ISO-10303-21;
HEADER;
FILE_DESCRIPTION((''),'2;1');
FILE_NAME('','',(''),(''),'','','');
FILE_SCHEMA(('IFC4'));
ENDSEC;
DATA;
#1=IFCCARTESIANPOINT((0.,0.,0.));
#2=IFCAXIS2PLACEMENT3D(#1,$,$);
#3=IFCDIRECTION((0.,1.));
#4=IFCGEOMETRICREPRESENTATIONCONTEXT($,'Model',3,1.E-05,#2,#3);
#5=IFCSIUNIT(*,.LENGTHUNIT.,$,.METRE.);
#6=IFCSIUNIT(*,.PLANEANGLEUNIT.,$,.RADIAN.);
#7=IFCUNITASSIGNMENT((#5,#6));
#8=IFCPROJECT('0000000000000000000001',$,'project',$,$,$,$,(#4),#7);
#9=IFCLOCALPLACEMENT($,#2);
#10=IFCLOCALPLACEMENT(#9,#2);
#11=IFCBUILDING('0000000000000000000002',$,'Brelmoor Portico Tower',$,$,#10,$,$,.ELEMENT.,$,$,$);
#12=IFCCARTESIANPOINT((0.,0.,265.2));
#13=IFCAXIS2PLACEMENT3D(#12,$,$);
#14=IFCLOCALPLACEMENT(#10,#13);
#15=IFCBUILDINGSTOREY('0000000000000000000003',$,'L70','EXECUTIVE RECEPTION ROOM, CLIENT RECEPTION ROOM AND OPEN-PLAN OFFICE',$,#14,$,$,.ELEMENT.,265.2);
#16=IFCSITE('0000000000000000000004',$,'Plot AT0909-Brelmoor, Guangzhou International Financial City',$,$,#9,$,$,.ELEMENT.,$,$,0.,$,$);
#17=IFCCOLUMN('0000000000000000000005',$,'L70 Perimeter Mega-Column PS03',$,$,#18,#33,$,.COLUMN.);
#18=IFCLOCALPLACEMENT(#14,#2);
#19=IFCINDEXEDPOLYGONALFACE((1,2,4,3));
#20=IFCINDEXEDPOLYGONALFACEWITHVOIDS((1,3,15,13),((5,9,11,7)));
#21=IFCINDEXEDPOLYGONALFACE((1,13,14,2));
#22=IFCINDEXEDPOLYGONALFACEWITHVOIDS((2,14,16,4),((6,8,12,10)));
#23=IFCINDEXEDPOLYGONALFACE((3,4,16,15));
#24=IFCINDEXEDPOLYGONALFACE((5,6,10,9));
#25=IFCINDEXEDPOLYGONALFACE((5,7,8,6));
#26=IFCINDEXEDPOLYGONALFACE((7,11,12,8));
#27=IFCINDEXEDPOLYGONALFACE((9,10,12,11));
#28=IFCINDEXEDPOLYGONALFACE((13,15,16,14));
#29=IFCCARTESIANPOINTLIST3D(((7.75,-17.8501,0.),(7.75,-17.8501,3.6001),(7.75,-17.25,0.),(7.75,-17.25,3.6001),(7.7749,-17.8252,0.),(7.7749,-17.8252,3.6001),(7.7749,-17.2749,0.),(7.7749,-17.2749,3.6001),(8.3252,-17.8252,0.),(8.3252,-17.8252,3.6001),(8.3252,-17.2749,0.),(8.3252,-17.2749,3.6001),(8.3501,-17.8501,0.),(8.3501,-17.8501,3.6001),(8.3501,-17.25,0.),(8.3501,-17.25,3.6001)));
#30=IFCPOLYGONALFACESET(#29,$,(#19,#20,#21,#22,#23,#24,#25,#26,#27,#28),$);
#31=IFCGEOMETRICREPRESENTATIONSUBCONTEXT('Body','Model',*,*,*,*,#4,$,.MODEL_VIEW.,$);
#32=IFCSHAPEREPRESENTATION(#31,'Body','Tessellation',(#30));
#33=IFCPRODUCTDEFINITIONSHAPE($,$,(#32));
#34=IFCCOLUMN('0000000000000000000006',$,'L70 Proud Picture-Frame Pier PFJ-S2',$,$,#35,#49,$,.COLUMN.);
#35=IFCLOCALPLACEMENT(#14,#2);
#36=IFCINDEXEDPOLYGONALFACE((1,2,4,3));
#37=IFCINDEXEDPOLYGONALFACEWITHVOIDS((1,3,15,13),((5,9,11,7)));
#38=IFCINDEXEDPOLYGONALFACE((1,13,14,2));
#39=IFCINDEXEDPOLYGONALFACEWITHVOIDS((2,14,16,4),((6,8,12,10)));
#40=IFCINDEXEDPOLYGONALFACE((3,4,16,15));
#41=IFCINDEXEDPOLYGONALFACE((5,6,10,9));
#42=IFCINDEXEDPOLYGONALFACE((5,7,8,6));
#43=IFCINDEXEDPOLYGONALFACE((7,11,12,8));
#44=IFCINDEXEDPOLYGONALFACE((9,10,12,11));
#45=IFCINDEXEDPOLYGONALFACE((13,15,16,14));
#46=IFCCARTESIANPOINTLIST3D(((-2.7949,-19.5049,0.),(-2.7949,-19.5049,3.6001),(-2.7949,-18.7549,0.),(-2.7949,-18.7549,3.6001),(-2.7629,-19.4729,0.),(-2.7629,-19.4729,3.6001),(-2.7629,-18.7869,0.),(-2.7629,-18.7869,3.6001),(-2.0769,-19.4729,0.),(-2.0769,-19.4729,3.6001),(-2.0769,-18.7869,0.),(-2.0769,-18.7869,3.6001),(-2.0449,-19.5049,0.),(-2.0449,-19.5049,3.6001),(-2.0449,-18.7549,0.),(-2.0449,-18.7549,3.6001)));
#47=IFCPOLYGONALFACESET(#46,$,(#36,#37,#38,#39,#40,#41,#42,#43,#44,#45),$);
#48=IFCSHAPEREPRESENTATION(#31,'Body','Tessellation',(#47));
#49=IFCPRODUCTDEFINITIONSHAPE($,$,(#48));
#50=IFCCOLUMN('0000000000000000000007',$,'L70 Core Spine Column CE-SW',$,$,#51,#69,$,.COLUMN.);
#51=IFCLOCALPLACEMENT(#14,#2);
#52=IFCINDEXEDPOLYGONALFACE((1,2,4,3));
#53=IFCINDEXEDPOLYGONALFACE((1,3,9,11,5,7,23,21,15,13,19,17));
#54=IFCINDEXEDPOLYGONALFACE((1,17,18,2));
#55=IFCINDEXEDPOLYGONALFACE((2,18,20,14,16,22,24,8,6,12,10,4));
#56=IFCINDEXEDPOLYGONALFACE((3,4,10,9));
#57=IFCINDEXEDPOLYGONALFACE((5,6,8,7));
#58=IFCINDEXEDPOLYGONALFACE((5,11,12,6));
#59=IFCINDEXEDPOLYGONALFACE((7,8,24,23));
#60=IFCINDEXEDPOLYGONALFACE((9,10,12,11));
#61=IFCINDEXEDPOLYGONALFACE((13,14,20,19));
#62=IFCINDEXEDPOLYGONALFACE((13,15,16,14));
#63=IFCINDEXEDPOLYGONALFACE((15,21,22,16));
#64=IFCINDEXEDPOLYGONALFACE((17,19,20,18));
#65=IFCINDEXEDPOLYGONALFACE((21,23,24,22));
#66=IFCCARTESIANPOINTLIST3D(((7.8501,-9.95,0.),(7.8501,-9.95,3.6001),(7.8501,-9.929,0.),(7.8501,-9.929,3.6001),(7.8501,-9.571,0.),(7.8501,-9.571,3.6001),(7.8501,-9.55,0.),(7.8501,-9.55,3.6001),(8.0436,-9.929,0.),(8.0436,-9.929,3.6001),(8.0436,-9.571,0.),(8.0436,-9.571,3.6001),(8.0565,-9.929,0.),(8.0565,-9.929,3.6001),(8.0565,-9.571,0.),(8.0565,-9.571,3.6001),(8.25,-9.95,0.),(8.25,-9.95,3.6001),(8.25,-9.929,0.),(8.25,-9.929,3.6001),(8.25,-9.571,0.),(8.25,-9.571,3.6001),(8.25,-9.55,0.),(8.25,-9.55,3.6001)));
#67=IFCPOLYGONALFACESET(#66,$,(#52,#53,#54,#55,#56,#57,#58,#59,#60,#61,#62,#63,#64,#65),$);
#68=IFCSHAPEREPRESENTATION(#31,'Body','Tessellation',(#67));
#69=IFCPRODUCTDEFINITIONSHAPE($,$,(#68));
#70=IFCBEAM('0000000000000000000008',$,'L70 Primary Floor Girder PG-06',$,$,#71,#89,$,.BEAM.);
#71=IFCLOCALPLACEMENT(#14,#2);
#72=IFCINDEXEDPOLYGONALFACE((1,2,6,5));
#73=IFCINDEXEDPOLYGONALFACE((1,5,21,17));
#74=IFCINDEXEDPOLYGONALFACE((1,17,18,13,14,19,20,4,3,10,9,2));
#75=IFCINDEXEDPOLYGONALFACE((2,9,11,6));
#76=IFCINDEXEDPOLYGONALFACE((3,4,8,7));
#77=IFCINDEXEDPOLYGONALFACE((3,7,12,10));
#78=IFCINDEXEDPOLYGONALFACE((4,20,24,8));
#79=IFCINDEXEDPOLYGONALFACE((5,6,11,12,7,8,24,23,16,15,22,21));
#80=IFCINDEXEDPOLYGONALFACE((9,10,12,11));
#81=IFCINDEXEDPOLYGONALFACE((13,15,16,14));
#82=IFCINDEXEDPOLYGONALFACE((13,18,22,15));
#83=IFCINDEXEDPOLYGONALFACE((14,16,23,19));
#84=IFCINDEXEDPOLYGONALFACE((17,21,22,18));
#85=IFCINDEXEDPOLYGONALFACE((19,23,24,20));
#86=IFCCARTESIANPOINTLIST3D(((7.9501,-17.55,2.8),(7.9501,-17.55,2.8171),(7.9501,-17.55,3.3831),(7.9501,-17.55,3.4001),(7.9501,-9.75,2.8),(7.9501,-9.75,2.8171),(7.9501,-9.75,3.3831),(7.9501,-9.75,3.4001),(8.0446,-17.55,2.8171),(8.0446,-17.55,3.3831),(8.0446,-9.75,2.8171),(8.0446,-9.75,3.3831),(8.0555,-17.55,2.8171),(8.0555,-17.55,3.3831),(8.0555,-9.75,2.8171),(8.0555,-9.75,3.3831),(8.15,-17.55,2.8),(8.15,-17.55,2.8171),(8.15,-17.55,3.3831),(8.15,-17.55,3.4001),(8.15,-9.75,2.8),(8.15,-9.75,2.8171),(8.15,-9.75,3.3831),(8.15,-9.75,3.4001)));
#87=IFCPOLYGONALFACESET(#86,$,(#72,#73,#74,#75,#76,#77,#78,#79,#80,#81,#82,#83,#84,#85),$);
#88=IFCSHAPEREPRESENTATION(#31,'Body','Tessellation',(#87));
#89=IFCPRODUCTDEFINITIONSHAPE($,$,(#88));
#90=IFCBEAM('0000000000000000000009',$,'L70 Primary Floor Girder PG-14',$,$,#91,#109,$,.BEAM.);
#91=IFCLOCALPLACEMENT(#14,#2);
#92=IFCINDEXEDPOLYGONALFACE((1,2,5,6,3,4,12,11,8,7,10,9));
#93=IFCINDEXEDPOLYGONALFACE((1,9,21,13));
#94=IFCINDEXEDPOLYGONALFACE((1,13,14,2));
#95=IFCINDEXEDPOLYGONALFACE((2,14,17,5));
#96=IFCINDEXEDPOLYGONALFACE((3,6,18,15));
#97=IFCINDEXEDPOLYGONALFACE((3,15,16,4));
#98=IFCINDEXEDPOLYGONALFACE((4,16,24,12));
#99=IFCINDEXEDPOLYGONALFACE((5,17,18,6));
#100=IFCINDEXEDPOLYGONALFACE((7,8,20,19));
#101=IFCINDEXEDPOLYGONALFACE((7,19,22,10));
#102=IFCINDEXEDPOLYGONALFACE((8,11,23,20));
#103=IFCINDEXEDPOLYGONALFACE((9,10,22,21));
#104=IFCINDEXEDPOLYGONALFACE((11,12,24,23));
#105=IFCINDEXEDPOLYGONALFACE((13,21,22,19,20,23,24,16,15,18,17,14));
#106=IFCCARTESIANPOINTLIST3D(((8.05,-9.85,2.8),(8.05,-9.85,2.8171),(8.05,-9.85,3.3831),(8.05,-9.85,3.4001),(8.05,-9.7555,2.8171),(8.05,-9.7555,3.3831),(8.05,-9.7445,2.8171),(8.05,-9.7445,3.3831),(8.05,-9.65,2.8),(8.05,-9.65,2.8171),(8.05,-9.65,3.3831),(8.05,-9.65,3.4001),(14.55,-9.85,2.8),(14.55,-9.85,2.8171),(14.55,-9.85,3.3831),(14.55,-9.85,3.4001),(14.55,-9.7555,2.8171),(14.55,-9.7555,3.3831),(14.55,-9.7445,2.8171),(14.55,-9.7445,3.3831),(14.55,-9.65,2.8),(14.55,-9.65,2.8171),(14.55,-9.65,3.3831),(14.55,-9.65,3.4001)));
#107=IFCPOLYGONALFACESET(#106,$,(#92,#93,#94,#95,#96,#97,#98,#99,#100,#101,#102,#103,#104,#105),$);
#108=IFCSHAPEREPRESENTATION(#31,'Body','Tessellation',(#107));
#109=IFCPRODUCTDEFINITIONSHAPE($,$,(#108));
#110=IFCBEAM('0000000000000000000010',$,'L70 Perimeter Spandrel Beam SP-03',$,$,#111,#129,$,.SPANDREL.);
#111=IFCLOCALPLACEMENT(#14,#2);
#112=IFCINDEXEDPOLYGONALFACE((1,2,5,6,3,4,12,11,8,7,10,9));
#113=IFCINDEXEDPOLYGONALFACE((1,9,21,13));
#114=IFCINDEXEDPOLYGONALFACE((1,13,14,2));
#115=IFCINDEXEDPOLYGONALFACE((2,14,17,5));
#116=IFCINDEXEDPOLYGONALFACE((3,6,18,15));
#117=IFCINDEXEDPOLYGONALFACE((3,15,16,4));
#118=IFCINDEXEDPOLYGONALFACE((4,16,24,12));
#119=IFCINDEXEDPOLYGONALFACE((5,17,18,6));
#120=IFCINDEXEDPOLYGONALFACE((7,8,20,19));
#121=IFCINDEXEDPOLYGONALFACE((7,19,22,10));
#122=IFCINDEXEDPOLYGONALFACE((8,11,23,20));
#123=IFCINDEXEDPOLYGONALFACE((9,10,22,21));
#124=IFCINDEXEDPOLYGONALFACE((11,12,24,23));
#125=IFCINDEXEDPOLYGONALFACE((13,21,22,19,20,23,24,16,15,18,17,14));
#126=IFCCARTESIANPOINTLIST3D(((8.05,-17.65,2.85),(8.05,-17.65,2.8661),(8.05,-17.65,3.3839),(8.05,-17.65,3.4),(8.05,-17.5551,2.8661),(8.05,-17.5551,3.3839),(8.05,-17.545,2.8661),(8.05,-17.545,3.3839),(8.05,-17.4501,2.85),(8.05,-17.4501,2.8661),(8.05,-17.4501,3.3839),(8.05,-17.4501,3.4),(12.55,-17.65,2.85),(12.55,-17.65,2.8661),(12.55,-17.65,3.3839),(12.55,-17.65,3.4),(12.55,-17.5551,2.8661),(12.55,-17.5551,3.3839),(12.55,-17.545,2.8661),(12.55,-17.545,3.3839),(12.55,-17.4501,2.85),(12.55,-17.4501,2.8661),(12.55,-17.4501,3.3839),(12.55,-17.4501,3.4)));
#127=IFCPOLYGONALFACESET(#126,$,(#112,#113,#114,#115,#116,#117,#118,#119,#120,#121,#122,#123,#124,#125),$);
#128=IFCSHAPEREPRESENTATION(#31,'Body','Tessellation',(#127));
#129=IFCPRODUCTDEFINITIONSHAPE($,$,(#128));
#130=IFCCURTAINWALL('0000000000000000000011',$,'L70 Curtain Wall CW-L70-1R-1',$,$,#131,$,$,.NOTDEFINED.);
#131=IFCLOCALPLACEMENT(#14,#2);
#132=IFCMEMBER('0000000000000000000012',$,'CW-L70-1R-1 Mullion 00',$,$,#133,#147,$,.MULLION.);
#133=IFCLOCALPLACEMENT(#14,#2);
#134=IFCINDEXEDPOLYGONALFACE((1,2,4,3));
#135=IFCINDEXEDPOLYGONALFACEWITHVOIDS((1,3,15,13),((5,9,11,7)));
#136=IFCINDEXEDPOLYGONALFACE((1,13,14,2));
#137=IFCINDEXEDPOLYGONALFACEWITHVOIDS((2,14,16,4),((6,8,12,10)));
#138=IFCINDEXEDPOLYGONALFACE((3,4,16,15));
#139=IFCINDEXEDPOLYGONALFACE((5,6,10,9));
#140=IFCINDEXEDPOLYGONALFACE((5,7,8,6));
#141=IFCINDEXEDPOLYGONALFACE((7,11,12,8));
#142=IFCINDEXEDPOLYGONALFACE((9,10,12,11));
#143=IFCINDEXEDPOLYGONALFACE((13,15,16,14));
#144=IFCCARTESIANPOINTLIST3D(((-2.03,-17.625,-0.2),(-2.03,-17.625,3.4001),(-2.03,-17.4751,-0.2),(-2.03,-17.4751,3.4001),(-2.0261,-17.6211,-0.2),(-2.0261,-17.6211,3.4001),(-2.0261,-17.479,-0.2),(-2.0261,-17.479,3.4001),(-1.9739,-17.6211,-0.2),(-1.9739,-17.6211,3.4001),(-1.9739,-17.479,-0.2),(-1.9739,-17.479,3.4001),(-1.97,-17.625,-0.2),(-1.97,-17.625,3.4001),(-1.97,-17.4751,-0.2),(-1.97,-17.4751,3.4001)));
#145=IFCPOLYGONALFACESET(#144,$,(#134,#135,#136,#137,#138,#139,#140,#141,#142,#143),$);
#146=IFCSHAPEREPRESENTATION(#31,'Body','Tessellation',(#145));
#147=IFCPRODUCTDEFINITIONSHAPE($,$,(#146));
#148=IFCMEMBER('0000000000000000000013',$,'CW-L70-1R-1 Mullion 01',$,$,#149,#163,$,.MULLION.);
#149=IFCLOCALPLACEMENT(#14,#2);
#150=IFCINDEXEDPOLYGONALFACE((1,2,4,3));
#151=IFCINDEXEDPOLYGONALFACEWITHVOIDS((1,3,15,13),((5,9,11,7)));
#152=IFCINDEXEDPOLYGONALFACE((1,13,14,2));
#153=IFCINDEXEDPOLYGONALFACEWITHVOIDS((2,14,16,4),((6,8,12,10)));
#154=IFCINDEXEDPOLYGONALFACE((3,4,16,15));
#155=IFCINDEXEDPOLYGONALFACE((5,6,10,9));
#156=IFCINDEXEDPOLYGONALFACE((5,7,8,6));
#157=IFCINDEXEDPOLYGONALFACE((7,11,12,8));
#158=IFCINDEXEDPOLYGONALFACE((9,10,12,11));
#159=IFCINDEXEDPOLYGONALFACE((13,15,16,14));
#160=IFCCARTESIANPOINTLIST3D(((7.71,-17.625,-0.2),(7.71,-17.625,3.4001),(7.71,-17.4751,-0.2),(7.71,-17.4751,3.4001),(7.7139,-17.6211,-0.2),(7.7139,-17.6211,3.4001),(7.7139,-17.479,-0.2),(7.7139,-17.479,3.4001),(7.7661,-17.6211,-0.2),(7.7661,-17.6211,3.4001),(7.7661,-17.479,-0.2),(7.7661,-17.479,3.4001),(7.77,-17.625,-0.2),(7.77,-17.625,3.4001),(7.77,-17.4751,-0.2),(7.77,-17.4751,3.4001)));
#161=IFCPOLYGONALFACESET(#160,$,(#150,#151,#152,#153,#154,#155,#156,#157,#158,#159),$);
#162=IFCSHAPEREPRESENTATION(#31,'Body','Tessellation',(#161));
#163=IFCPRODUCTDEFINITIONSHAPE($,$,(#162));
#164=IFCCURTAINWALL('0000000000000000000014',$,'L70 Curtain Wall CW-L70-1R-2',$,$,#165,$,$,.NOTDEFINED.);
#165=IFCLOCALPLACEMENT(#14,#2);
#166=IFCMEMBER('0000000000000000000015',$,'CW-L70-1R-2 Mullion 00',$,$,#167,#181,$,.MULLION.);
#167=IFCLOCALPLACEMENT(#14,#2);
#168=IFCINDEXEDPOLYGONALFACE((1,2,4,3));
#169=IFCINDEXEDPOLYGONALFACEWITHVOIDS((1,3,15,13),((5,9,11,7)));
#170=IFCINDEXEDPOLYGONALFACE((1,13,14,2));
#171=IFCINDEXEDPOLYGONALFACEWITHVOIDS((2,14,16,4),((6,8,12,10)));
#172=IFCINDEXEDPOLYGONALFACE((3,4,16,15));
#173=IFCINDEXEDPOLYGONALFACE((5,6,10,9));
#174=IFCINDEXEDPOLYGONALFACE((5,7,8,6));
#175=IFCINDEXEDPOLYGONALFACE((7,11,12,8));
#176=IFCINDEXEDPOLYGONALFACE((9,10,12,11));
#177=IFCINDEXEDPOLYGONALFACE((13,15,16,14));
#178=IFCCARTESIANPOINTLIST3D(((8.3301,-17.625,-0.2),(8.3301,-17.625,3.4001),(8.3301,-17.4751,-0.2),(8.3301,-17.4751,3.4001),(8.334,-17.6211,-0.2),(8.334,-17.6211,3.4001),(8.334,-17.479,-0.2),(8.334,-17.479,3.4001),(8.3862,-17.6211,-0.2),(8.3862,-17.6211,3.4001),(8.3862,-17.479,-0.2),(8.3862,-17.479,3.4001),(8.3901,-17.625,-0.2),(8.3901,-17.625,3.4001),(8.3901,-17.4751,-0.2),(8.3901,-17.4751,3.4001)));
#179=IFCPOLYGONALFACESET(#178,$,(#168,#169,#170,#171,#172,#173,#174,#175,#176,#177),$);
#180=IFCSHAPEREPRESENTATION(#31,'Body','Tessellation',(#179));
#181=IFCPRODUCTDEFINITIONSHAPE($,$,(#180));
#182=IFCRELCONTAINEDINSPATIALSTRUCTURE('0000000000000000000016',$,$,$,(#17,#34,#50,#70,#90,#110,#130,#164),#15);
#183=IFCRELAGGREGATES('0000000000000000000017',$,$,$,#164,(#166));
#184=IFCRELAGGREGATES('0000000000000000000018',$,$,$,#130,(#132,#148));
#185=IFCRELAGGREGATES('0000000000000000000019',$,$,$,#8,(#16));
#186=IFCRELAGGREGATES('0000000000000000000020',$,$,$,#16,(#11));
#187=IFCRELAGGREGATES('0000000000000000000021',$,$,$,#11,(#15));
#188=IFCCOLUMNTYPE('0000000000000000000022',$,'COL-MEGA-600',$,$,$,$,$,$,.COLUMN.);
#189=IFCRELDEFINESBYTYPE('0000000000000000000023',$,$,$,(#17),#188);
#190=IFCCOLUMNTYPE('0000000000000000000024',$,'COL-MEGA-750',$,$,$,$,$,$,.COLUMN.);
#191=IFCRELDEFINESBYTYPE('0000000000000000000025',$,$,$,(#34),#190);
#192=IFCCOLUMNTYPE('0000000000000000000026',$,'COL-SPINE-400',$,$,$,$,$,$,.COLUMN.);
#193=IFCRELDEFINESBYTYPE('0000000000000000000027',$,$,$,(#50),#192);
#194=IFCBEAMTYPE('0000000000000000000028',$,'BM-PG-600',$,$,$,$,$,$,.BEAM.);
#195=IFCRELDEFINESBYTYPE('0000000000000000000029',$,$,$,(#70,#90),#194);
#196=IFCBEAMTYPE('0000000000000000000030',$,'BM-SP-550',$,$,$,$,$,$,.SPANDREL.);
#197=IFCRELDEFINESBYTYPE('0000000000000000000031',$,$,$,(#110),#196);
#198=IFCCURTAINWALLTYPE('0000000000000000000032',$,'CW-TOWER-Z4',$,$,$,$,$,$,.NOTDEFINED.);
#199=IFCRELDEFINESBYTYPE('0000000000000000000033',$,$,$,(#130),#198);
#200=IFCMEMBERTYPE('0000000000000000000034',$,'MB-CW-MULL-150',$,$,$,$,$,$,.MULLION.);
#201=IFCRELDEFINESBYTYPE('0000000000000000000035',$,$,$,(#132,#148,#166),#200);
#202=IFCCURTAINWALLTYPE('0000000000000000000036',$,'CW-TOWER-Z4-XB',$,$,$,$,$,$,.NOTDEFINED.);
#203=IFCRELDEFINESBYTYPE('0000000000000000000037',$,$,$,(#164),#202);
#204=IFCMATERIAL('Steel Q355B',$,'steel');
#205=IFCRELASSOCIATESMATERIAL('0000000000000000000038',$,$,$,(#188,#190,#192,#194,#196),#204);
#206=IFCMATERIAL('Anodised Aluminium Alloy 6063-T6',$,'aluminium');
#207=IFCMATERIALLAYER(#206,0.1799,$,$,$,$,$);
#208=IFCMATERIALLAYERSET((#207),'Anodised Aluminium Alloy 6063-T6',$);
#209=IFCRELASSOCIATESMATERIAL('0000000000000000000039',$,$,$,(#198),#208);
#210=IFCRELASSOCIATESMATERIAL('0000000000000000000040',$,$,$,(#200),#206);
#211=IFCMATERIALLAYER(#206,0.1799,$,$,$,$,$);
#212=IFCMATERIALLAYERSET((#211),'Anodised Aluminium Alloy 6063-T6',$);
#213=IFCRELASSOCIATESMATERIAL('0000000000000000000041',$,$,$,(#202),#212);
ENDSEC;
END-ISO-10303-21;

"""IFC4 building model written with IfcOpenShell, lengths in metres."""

from ifc_helpers import new_model, si_unit, direction, frame, origin, origin_2d, place, context, subcontext, project, spatial, hollow_rectangle, i_section, extrude, material, layer, layer_set, material_profile, profile_set, type_object, element, aggregate, save


model = new_model("IFC4")

# Units and contexts
model_context = context("Model", 3, precision=1e-05, world=origin(), true_north=direction((0.0, 1.0)))
body_context = subcontext(model_context, "Body", "Model", "MODEL_VIEW")
ifc_project = project(units=[si_unit("LENGTHUNIT", "METRE"), si_unit("PLANEANGLEUNIT", "RADIAN")], contexts=[model_context])

# Site, building, storey
site_placement = place(None, origin())
site = spatial("IfcSite", under=ifc_project, at=site_placement, Name="Plot AT0909-Brelmoor, Guangzhou International Financial City", CompositionType="ELEMENT", RefElevation=0.0)
building_placement = place(site_placement, origin())
building = spatial("IfcBuilding", under=site, at=building_placement, Name="Brelmoor Portico Tower", CompositionType="ELEMENT")
storey_placement = place(building_placement, frame((0.0, 0.0, 265.2)))
storey = spatial("IfcBuildingStorey", under=building, at=storey_placement, Name="L70", Description="EXECUTIVE RECEPTION ROOM, CLIENT RECEPTION ROOM AND OPEN-PLAN OFFICE", CompositionType="ELEMENT", Elevation=265.2)

# Columns
ifc_material_1 = material(Name="Steel Q355B", Category="steel")
ifc_material_profile_1 = material_profile(ifc_material_1, hollow_rectangle(XDim=0.6001, YDim=0.6001, WallThickness=0.0249, at=origin_2d()), Name="BOX 600x600x25")
ifc_profile_set_1 = profile_set([ifc_material_profile_1], Name="Steel Q355B")
column_type_1 = type_object("IfcColumnType", Name="COL-MEGA-600", PredefinedType="COLUMN", material=ifc_profile_set_1)
column_1_placement = place(storey_placement, frame((8.05, -17.55, 0.0), z_axis=(0.0, 0.0, 1.0), x_axis=(1.0, 0.0, 0.0)))
element("IfcColumn", 1, at=column_1_placement, inside=storey, type_object=column_type_1, Name="L70 Perimeter Mega-Column PS03", PredefinedType="COLUMN", context=body_context, shape_type="SweptSolid", body=[
    extrude(hollow_rectangle(XDim=0.6001, YDim=0.6001, WallThickness=0.0249, at=origin_2d()), origin(), (0.0, 0.0, 1.0), 3.6001),
])
ifc_material_profile_2 = material_profile(ifc_material_1, hollow_rectangle(XDim=0.75, YDim=0.75, WallThickness=0.032, at=origin_2d()), Name="BOX 750x750x32")
ifc_profile_set_2 = profile_set([ifc_material_profile_2], Name="Steel Q355B")
column_type_2 = type_object("IfcColumnType", Name="COL-MEGA-750", PredefinedType="COLUMN", material=ifc_profile_set_2)
column_2_placement = place(storey_placement, frame((-2.4199, -19.1299, 0.0), z_axis=(0.0, 0.0, 1.0), x_axis=(1.0, 0.0, 0.0)))
element("IfcColumn", 2, at=column_2_placement, inside=storey, type_object=column_type_2, Name="L70 Proud Picture-Frame Pier PFJ-S2", PredefinedType="COLUMN", context=body_context, shape_type="SweptSolid", body=[
    extrude(hollow_rectangle(XDim=0.75, YDim=0.75, WallThickness=0.032, at=origin_2d()), origin(), (0.0, 0.0, 1.0), 3.6001),
])
ifc_material_profile_3 = material_profile(ifc_material_1, i_section(OverallWidth=0.3999, OverallDepth=0.3999, WebThickness=0.0129, FlangeThickness=0.021, at=origin_2d()), Name="HW 400x400x13x21")
ifc_profile_set_3 = profile_set([ifc_material_profile_3], Name="Steel Q355B")
column_type_3 = type_object("IfcColumnType", Name="COL-SPINE-400", PredefinedType="COLUMN", material=ifc_profile_set_3)
column_3_placement = place(storey_placement, frame((8.05, -9.75, 0.0), z_axis=(0.0, 0.0, 1.0), x_axis=(1.0, 0.0, 0.0)))
element("IfcColumn", 3, at=column_3_placement, inside=storey, type_object=column_type_3, Name="L70 Core Spine Column CE-SW", PredefinedType="COLUMN", context=body_context, shape_type="SweptSolid", body=[
    extrude(i_section(OverallWidth=0.3999, OverallDepth=0.3999, WebThickness=0.0129, FlangeThickness=0.021, at=origin_2d()), origin(), (0.0, 0.0, 1.0), 3.6001),
])

# Beams
ifc_material_profile_4 = material_profile(ifc_material_1, i_section(OverallWidth=0.2, OverallDepth=0.6001, WebThickness=0.011, FlangeThickness=0.0171, at=origin_2d()), Name="HN 600x200x11x17")
ifc_profile_set_4 = profile_set([ifc_material_profile_4], Name="Steel Q355B")
beam_type_1 = type_object("IfcBeamType", Name="BM-PG-600", PredefinedType="BEAM", material=ifc_profile_set_4)
beam_1_placement = place(storey_placement, frame((8.05, -17.55, 3.1001), z_axis=(0.0, 1.0, 0.0), x_axis=(-1.0, 0.0, 0.0)))
element("IfcBeam", 4, at=beam_1_placement, inside=storey, type_object=beam_type_1, Name="L70 Primary Floor Girder PG-06", PredefinedType="BEAM", context=body_context, shape_type="SweptSolid", body=[
    extrude(i_section(OverallWidth=0.2, OverallDepth=0.6001, WebThickness=0.011, FlangeThickness=0.0171, at=origin_2d()), origin(), (0.0, 0.0, 1.0), 7.8),
])
beam_2_placement = place(storey_placement, frame((8.05, -9.75, 3.1001), z_axis=(1.0, 0.0, 0.0), x_axis=(0.0, 1.0, 0.0)))
element("IfcBeam", 5, at=beam_2_placement, inside=storey, type_object=beam_type_1, Name="L70 Primary Floor Girder PG-14", PredefinedType="BEAM", context=body_context, shape_type="SweptSolid", body=[
    extrude(i_section(OverallWidth=0.2, OverallDepth=0.6001, WebThickness=0.011, FlangeThickness=0.0171, at=origin_2d()), origin(), (0.0, 0.0, 1.0), 6.5),
])
ifc_material_profile_5 = material_profile(ifc_material_1, i_section(OverallWidth=0.2, OverallDepth=0.55, WebThickness=0.01, FlangeThickness=0.0161, at=origin_2d()), Name="HN 550x200x10x16")
ifc_profile_set_5 = profile_set([ifc_material_profile_5], Name="Steel Q355B")
beam_type_2 = type_object("IfcBeamType", Name="BM-SP-550", PredefinedType="SPANDREL", material=ifc_profile_set_5)
beam_3_placement = place(storey_placement, frame((8.05, -17.55, 3.125), z_axis=(1.0, 0.0, 0.0), x_axis=(0.0, 1.0, 0.0)))
element("IfcBeam", 6, at=beam_3_placement, inside=storey, type_object=beam_type_2, Name="L70 Perimeter Spandrel Beam SP-03", PredefinedType="SPANDREL", context=body_context, shape_type="SweptSolid", body=[
    extrude(i_section(OverallWidth=0.2, OverallDepth=0.55, WebThickness=0.01, FlangeThickness=0.0161, at=origin_2d()), origin(), (0.0, 0.0, 1.0), 4.5),
])

# Curtain wall, members
ifc_material_2 = material(Name="Anodised Aluminium Alloy 6063-T6", Category="aluminium")
ifc_layer_1 = layer(ifc_material_2, 0.1799)
ifc_layer_set_1 = layer_set([ifc_layer_1], Name="Anodised Aluminium Alloy 6063-T6")
curtain_wall_type_1 = type_object("IfcCurtainWallType", Name="CW-TOWER-Z4", PredefinedType="NOTDEFINED", material=ifc_layer_set_1)
curtain_wall_1_placement = place(storey_placement, origin())
curtain_wall_1 = element("IfcCurtainWall", 7, at=curtain_wall_1_placement, inside=storey, type_object=curtain_wall_type_1, Name="L70 Curtain Wall CW-L70-1R-1", PredefinedType="NOTDEFINED")
ifc_material_profile_6 = material_profile(ifc_material_2, hollow_rectangle(XDim=0.0601, YDim=0.1499, WallThickness=0.0039, at=origin_2d()), Name="ALU MULLION 60x150")
ifc_profile_set_6 = profile_set([ifc_material_profile_6], Name="Anodised Aluminium Alloy 6063-T6")
member_type_1 = type_object("IfcMemberType", Name="MB-CW-MULL-150", PredefinedType="MULLION", material=ifc_profile_set_6)
member_1_placement = place(storey_placement, frame((-2.0, -17.55, -0.2), z_axis=(0.0, 0.0, 1.0), x_axis=(1.0, 0.0, 0.0)))
member_1 = element("IfcMember", 8, at=member_1_placement, type_object=member_type_1, Name="CW-L70-1R-1 Mullion 00", PredefinedType="MULLION", context=body_context, shape_type="SweptSolid", body=[
    extrude(hollow_rectangle(XDim=0.0601, YDim=0.1499, WallThickness=0.0039, at=origin_2d()), origin(), (0.0, 0.0, 1.0), 3.6001),
])
member_2_placement = place(storey_placement, frame((7.74, -17.55, -0.2), z_axis=(0.0, 0.0, 1.0), x_axis=(1.0, 0.0, 0.0)))
member_2 = element("IfcMember", 9, at=member_2_placement, type_object=member_type_1, Name="CW-L70-1R-1 Mullion 01", PredefinedType="MULLION", context=body_context, shape_type="SweptSolid", body=[
    extrude(hollow_rectangle(XDim=0.0601, YDim=0.1499, WallThickness=0.0039, at=origin_2d()), origin(), (0.0, 0.0, 1.0), 3.6001),
])

# Curtain wall, member
ifc_layer_2 = layer(ifc_material_2, 0.1799)
ifc_layer_set_2 = layer_set([ifc_layer_2], Name="Anodised Aluminium Alloy 6063-T6")
curtain_wall_type_2 = type_object("IfcCurtainWallType", Name="CW-TOWER-Z4-XB", PredefinedType="NOTDEFINED", material=ifc_layer_set_2)
curtain_wall_2_placement = place(storey_placement, origin())
curtain_wall_2 = element("IfcCurtainWall", 10, at=curtain_wall_2_placement, inside=storey, type_object=curtain_wall_type_2, Name="L70 Curtain Wall CW-L70-1R-2", PredefinedType="NOTDEFINED")
member_3_placement = place(storey_placement, frame((8.3601, -17.55, -0.2), z_axis=(0.0, 0.0, 1.0), x_axis=(1.0, 0.0, 0.0)))
member_3 = element("IfcMember", 11, at=member_3_placement, type_object=member_type_1, Name="CW-L70-1R-2 Mullion 00", PredefinedType="MULLION", context=body_context, shape_type="SweptSolid", body=[
    extrude(hollow_rectangle(XDim=0.0601, YDim=0.1499, WallThickness=0.0039, at=origin_2d()), origin(), (0.0, 0.0, 1.0), 3.6001),
])

aggregate(curtain_wall_2, [member_3])

aggregate(curtain_wall_1, [member_1, member_2])

save(model, "model.ifc")
